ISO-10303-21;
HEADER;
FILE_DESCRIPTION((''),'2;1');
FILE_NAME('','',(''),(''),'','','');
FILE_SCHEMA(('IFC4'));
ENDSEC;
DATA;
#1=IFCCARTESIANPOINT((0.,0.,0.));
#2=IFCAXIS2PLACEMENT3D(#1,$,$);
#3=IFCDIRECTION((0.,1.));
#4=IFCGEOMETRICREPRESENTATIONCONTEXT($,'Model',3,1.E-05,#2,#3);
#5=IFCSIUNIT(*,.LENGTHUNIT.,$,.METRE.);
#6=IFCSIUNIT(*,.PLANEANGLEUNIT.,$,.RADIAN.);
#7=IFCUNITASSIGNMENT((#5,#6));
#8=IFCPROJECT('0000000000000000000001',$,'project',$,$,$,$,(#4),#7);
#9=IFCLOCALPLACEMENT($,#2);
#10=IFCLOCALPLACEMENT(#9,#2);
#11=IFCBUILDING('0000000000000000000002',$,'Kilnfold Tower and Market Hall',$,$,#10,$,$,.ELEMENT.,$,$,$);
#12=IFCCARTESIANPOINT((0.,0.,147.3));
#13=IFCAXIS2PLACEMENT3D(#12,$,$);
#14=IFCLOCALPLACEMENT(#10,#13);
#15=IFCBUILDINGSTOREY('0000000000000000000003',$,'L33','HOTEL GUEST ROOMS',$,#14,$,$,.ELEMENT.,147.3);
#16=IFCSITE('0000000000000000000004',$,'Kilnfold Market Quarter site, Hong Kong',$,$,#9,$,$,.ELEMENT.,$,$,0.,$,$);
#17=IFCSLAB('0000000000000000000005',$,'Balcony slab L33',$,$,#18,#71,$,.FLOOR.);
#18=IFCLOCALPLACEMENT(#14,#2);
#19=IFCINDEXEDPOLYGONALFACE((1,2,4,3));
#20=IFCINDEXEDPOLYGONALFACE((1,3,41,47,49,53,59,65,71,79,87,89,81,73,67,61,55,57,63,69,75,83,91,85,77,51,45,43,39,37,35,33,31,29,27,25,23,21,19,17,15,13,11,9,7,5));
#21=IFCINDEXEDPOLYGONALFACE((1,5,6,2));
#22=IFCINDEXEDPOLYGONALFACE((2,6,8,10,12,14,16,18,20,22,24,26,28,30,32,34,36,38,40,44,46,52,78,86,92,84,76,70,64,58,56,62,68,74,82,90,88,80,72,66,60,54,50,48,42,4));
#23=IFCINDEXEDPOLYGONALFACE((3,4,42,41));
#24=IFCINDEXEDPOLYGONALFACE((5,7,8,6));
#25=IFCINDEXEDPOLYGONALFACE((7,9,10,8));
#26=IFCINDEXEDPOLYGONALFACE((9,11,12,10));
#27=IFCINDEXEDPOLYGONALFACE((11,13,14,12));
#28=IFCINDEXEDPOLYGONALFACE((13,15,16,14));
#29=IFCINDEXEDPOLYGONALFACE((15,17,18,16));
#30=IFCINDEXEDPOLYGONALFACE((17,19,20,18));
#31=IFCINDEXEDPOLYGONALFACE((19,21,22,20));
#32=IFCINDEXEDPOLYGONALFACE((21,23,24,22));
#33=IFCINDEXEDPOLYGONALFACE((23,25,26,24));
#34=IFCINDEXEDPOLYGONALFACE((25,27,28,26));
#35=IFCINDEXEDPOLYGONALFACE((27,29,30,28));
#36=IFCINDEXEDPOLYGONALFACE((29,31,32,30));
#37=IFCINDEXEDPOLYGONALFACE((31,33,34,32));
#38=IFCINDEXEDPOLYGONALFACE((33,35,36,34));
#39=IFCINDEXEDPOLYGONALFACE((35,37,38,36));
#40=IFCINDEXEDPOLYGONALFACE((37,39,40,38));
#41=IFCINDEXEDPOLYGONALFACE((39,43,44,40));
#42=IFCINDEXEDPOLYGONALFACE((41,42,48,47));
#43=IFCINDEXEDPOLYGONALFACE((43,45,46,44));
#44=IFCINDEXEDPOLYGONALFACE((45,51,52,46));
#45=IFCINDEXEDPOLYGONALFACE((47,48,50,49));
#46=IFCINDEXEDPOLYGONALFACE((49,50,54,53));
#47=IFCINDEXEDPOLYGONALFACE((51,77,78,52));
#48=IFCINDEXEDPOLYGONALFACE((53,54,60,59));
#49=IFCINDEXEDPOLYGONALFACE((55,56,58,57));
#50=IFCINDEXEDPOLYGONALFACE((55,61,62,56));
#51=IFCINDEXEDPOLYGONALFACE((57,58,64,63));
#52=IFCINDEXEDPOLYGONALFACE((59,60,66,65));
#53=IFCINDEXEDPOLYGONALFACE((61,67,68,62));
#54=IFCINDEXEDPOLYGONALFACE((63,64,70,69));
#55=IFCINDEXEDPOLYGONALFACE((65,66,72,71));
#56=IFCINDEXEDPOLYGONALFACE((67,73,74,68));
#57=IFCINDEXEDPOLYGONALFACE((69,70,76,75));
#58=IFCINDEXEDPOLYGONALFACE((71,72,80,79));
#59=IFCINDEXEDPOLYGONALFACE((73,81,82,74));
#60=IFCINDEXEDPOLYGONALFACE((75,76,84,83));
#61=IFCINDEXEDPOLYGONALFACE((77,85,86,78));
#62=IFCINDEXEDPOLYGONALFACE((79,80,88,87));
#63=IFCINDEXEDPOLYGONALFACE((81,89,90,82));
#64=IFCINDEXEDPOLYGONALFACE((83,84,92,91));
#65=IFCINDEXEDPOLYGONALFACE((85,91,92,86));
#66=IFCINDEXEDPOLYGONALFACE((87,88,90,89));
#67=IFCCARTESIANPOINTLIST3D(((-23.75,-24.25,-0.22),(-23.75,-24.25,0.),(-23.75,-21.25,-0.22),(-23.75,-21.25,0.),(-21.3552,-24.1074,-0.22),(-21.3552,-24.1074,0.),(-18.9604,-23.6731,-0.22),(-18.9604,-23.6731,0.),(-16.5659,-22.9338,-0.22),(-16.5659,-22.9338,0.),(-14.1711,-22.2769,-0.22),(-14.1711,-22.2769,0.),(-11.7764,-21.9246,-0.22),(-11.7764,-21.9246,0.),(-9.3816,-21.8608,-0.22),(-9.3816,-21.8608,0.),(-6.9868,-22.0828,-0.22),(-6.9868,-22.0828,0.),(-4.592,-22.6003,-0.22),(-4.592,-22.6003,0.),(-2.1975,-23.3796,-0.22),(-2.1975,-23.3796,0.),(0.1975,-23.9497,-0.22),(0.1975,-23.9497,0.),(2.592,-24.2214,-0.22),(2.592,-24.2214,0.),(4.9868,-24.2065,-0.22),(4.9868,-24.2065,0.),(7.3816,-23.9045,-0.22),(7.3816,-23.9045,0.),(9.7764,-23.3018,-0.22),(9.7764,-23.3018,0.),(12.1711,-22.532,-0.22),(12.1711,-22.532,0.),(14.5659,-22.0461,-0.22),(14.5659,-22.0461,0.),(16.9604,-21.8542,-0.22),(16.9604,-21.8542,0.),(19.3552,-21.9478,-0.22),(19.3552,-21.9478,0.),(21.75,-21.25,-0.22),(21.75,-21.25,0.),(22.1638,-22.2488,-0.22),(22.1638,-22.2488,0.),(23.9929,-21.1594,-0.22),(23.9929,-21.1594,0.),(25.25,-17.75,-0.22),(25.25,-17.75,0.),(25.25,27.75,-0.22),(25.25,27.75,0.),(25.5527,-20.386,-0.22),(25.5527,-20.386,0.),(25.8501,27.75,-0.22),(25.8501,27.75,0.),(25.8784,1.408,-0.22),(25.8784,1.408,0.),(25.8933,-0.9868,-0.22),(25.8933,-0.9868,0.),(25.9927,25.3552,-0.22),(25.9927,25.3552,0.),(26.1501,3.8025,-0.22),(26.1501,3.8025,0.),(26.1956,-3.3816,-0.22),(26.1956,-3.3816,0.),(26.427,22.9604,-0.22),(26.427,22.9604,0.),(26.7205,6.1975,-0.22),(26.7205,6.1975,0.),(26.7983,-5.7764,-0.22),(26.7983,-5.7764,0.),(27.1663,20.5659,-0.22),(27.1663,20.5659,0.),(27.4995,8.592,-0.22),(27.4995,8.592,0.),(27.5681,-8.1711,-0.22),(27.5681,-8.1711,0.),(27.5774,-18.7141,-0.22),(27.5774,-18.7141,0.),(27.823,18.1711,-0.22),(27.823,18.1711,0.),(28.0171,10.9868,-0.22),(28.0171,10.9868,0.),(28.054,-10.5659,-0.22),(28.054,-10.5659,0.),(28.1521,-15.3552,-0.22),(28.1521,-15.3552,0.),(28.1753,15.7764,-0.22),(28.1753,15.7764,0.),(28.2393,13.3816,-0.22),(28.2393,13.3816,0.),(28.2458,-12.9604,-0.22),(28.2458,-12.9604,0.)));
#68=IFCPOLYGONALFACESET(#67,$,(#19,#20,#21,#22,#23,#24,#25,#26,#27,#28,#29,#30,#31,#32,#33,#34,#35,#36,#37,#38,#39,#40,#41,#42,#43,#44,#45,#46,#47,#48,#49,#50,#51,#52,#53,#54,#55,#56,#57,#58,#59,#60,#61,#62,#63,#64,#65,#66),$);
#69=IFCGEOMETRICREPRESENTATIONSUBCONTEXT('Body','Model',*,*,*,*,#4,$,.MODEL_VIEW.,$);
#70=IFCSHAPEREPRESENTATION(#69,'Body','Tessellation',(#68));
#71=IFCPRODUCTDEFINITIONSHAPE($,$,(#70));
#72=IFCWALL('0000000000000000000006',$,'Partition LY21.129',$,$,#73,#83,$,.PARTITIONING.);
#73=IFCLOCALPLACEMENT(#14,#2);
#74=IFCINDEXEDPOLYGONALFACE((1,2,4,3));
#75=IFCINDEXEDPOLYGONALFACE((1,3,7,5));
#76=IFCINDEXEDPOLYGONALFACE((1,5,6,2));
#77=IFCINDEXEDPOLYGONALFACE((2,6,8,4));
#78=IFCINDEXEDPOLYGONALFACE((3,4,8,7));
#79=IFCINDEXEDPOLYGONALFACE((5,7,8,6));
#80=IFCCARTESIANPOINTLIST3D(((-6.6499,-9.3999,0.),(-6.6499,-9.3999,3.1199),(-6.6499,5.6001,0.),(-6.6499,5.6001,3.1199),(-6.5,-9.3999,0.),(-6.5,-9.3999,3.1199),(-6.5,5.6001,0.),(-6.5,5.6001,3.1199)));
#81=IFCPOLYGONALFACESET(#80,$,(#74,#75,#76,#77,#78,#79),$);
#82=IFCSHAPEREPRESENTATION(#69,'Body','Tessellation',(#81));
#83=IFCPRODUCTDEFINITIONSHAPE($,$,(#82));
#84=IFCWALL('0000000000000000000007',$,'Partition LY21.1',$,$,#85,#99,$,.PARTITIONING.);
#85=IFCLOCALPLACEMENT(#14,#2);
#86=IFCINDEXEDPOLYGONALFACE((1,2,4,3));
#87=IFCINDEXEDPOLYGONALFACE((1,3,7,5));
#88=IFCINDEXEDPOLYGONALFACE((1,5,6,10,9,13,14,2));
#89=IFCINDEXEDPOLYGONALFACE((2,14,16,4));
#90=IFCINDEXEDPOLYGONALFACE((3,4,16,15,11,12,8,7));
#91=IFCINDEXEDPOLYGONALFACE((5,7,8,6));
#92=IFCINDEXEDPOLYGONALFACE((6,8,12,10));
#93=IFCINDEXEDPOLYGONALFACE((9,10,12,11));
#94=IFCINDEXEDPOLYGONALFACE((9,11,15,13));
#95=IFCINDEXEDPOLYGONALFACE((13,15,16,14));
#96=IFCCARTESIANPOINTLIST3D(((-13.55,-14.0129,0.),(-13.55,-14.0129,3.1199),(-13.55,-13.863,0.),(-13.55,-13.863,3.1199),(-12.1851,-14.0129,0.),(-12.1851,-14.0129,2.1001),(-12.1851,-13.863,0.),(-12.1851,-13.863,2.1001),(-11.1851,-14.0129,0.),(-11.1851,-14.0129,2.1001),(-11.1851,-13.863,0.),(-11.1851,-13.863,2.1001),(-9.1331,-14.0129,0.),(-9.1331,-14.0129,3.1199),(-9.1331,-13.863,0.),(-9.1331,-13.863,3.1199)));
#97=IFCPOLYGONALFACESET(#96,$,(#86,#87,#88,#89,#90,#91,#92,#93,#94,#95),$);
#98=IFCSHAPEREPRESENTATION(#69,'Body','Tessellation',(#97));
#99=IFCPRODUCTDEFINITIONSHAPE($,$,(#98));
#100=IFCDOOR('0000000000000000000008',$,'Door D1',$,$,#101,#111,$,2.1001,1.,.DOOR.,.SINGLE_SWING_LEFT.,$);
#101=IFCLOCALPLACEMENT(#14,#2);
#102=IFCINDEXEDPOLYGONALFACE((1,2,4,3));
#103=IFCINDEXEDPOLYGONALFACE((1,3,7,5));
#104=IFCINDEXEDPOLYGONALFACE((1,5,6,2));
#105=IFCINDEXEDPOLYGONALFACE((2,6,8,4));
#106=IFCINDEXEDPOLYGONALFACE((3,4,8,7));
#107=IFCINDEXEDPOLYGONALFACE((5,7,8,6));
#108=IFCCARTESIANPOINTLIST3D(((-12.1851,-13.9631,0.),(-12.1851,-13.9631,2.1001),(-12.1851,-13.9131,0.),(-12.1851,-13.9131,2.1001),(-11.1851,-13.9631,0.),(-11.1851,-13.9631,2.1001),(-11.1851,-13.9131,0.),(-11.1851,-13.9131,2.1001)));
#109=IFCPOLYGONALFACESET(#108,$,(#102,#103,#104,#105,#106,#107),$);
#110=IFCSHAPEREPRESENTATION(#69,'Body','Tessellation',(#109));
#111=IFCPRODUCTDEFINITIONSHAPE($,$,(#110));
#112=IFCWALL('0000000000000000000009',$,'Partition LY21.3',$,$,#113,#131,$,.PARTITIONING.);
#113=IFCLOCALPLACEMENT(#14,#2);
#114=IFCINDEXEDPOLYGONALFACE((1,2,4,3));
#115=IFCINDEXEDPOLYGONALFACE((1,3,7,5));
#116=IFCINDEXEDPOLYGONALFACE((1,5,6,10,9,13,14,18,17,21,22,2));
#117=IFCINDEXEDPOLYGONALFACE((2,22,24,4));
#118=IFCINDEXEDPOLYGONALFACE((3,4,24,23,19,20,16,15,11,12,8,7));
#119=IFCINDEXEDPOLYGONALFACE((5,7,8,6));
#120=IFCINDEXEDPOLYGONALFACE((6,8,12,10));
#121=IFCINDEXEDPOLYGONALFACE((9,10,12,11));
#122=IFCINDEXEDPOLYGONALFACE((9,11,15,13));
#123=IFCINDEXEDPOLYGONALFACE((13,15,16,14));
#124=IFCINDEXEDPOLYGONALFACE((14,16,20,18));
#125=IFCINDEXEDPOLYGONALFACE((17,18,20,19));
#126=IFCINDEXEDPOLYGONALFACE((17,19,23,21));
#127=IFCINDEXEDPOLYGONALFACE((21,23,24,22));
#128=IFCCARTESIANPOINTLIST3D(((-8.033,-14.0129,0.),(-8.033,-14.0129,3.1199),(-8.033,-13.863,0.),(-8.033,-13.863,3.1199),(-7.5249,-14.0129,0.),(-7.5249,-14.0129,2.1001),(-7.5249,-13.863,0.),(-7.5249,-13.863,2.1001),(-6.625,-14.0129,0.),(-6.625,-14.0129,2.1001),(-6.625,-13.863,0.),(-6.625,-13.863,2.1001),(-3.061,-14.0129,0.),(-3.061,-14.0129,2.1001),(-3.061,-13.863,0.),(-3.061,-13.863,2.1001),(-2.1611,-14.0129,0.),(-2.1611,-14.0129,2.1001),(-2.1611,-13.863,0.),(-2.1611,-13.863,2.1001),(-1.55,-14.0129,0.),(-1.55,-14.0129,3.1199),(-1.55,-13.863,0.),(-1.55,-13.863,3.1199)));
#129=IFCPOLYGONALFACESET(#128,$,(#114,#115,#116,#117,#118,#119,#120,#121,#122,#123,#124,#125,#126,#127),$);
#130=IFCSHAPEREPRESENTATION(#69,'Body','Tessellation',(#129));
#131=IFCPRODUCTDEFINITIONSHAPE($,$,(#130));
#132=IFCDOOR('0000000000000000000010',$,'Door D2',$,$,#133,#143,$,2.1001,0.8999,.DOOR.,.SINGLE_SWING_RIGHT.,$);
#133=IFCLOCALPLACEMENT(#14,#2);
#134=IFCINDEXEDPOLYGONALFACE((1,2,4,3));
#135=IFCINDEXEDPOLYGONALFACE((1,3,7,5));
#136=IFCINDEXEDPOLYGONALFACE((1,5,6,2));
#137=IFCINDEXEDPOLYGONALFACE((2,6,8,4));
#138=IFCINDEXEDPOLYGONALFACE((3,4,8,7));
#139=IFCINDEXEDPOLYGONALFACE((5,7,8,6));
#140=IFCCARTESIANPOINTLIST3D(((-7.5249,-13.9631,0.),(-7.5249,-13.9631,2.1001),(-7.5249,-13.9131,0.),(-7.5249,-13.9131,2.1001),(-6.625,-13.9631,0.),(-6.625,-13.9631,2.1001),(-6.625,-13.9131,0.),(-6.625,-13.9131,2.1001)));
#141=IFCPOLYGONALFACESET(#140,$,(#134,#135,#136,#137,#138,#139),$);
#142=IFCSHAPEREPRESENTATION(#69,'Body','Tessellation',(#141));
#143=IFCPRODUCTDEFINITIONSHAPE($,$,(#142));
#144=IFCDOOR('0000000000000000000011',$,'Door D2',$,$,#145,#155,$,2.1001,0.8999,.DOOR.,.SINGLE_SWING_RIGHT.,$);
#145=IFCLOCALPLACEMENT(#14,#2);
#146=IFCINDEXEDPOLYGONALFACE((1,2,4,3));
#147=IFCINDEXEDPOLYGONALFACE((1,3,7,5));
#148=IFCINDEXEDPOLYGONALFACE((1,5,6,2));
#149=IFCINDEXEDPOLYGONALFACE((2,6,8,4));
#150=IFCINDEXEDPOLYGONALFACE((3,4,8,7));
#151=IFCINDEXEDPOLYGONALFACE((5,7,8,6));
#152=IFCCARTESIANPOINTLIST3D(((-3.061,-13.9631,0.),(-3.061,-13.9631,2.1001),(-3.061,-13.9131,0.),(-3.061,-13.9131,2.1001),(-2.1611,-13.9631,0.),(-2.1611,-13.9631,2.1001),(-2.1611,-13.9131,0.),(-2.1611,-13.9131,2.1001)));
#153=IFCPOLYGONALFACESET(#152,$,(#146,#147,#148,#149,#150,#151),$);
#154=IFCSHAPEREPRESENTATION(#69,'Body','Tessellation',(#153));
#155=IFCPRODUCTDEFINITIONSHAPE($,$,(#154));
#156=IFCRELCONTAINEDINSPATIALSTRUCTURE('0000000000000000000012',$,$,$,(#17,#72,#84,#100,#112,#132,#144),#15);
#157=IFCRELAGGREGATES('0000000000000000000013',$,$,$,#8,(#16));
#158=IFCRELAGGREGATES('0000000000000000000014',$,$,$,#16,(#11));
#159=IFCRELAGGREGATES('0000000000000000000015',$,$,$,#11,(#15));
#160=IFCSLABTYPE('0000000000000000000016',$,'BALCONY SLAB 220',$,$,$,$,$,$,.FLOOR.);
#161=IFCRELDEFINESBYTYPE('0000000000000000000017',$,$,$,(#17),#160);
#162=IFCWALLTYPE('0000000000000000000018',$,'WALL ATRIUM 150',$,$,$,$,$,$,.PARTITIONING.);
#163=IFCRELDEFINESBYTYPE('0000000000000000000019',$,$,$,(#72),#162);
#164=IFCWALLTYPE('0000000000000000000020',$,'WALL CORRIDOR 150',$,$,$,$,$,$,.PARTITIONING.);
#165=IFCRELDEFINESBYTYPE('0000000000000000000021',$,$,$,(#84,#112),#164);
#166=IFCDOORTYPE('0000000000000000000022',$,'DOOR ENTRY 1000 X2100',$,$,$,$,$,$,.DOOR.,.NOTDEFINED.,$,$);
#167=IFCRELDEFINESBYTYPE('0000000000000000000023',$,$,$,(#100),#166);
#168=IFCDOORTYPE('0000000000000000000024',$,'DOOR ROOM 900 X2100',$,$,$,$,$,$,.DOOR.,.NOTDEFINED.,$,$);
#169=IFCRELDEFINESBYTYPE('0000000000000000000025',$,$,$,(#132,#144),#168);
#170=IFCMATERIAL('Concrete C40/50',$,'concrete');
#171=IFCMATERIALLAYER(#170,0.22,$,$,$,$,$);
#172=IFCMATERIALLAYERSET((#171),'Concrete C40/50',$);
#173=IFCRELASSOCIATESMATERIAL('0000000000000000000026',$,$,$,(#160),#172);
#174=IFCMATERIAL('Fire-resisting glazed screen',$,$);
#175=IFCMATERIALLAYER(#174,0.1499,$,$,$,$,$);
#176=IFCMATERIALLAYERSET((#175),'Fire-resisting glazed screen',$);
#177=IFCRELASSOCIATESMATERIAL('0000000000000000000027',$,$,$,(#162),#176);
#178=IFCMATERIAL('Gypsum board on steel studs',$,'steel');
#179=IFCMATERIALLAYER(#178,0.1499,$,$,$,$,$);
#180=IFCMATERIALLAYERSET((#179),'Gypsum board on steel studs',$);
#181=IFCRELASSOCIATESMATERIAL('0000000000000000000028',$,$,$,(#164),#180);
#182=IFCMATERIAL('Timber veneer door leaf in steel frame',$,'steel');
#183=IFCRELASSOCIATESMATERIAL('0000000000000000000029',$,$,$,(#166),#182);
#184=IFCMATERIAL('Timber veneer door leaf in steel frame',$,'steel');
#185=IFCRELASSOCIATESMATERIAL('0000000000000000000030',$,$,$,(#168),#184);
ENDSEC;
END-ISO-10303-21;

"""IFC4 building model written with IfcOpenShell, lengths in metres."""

from ifc_helpers import new_model, si_unit, direction, frame, frame_2d, origin, place, context, subcontext, project, spatial, polyline, rectangle, outline, extrude, source, transform, mapped, material, layer, layer_set, type_object, element, fill, save


model = new_model("IFC4")

# Units and contexts
model_context = context("Model", 3, precision=1e-05, world=origin(), true_north=direction((0.0, 1.0)))
body_context = subcontext(model_context, "Body", "Model", "MODEL_VIEW")
ifc_project = project(units=[si_unit("LENGTHUNIT", "METRE"), si_unit("PLANEANGLEUNIT", "RADIAN")], contexts=[model_context])

# Site, building, storey
site_placement = place(None, origin())
site = spatial("IfcSite", under=ifc_project, at=site_placement, Name="Kilnfold Market Quarter site, Hong Kong", CompositionType="ELEMENT", RefElevation=0.0)
building_placement = place(site_placement, origin())
building = spatial("IfcBuilding", under=site, at=building_placement, Name="Kilnfold Tower and Market Hall", CompositionType="ELEMENT")
storey_placement = place(building_placement, frame((0.0, 0.0, 147.3)))
storey = spatial("IfcBuildingStorey", under=building, at=storey_placement, Name="L33", Description="HOTEL GUEST ROOMS", CompositionType="ELEMENT", Elevation=147.3)

# Slab
ifc_material_1 = material(Name="Concrete C40/50", Category="concrete")
ifc_layer_1 = layer(ifc_material_1, 0.22)
ifc_layer_set_1 = layer_set([ifc_layer_1], Name="Concrete C40/50")
slab_type_1 = type_object("IfcSlabType", Name="BALCONY SLAB 220", PredefinedType="FLOOR", material=ifc_layer_set_1)
shared_shape_1 = source(origin(), body_context, "Body", "SweptSolid", [
    extrude(outline(polyline([(-23.75, -21.25), (21.75, -21.25), (25.25, -17.75), (25.25, 27.75), (25.8501, 27.75), (25.9927, 25.3552), (26.427, 22.9604), (27.1663, 20.5659), (27.823, 18.1711), (28.1753, 15.7764), (28.2393, 13.3816), (28.0171, 10.9868), (27.4995, 8.592), (26.7205, 6.1975), (26.1501, 3.8025), (25.8784, 1.408), (25.8933, -0.9868), (26.1956, -3.3816), (26.7983, -5.7764), (27.5681, -8.1711), (28.054, -10.5659), (28.2458, -12.9604), (28.1521, -15.3552), (27.5774, -18.7141), (25.5527, -20.386), (23.9929, -21.1594), (22.1638, -22.2488), (19.3552, -21.9478), (16.9604, -21.8542), (14.5659, -22.0461), (12.1711, -22.532), (9.7764, -23.3018), (7.3816, -23.9045), (4.9868, -24.2065), (2.592, -24.2214), (0.1975, -23.9497), (-2.1975, -23.3796), (-4.592, -22.6003), (-6.9868, -22.0828), (-9.3816, -21.8608), (-11.7764, -21.9246), (-14.1711, -22.2769), (-16.5659, -22.9338), (-18.9604, -23.6731), (-21.3552, -24.1074), (-23.75, -24.25), (-23.75, -21.25)])), origin(), (0.0, 0.0, 1.0), 0.22),
])
slab_1_placement = place(storey_placement, frame((0.0, 0.0, -0.22)))
element("IfcSlab", 1, at=slab_1_placement, inside=storey, type_object=slab_type_1, Name="Balcony slab L33", PredefinedType="FLOOR", context=body_context, shape_type="MappedRepresentation", body=[
    mapped(shared_shape_1, transform((0.0, 0.0, 0.0))),
])

# Wall
ifc_material_2 = material(Name="Fire-resisting glazed screen")
ifc_layer_2 = layer(ifc_material_2, 0.1499)
ifc_layer_set_2 = layer_set([ifc_layer_2], Name="Fire-resisting glazed screen")
wall_type_1 = type_object("IfcWallType", Name="WALL ATRIUM 150", PredefinedType="PARTITIONING", material=ifc_layer_set_2)
wall_1_placement = place(storey_placement, frame((-6.575, -9.3999, 0.0), z_axis=(0.0, 0.0, 1.0), x_axis=(0.0, 1.0, 0.0)))
element("IfcWall", 2, at=wall_1_placement, inside=storey, type_object=wall_type_1, Name="Partition LY21.129", PredefinedType="PARTITIONING", context=body_context, shape_type="SweptSolid", body=[
    extrude(rectangle(XDim=15.0, YDim=0.1499, at=frame_2d((7.5, 0.0))), origin(), (0.0, 0.0, 1.0), 3.1199),
])

# Wall, opening, door
ifc_material_3 = material(Name="Gypsum board on steel studs", Category="steel")
ifc_layer_3 = layer(ifc_material_3, 0.1499)
ifc_layer_set_3 = layer_set([ifc_layer_3], Name="Gypsum board on steel studs")
wall_type_2 = type_object("IfcWallType", Name="WALL CORRIDOR 150", PredefinedType="PARTITIONING", material=ifc_layer_set_3)
wall_2_placement = place(storey_placement, frame((-13.55, -13.938, 0.0), z_axis=(0.0, 0.0, 1.0), x_axis=(1.0, 0.0, 0.0)))
wall_2 = element("IfcWall", 3, at=wall_2_placement, inside=storey, type_object=wall_type_2, Name="Partition LY21.1", PredefinedType="PARTITIONING", context=body_context, shape_type="SweptSolid", body=[
    extrude(rectangle(XDim=4.417, YDim=0.1499, at=frame_2d((2.2085, 0.0))), origin(), (0.0, 0.0, 1.0), 3.1199),
])
opening_1_placement = place(wall_2_placement, frame((1.365, 0.0, 0.0)))
opening_1 = element("IfcOpeningElement", 4, at=opening_1_placement, cuts=wall_2, PredefinedType="OPENING", context=body_context, shape_type="SweptSolid", body=[
    extrude(rectangle(XDim=1.0, YDim=2.1001, at=frame_2d((0.5, 1.05))), frame((0.0, 0.085, 0.0), z_axis=(0.0, -1.0, 0.0), x_axis=(1.0, 0.0, 0.0)), (0.0, 0.0, 1.0), 0.1699),
])
ifc_material_4 = material(Name="Timber veneer door leaf in steel frame", Category="steel")
door_type_1 = type_object("IfcDoorType", Name="DOOR ENTRY 1000 X2100", OperationType="NOTDEFINED", PredefinedType="DOOR", material=ifc_material_4)
door_1_placement = place(opening_1_placement, origin())
door_1 = element("IfcDoor", 5, at=door_1_placement, inside=storey, type_object=door_type_1, Name="Door D1", OperationType="SINGLE_SWING_LEFT", OverallHeight=2.1001, OverallWidth=1.0, PredefinedType="DOOR", context=body_context, shape_type="SweptSolid", body=[
    extrude(rectangle(XDim=1.0, YDim=2.1001, at=frame_2d((0.5, 1.05))), frame((0.0, 0.0249, 0.0), z_axis=(0.0, -1.0, 0.0), x_axis=(1.0, 0.0, 0.0)), (0.0, 0.0, 1.0), 0.05),
])
fill(opening_1, door_1)

# Wall, openings, doors
wall_3_placement = place(storey_placement, frame((-8.033, -13.938, 0.0), z_axis=(0.0, 0.0, 1.0), x_axis=(1.0, 0.0, 0.0)))
wall_3 = element("IfcWall", 6, at=wall_3_placement, inside=storey, type_object=wall_type_2, Name="Partition LY21.3", PredefinedType="PARTITIONING", context=body_context, shape_type="SweptSolid", body=[
    extrude(rectangle(XDim=6.4829, YDim=0.1499, at=frame_2d((3.2415, 0.0))), origin(), (0.0, 0.0, 1.0), 3.1199),
])
opening_2_placement = place(wall_3_placement, frame((0.5081, 0.0, 0.0)))
opening_2 = element("IfcOpeningElement", 7, at=opening_2_placement, cuts=wall_3, PredefinedType="OPENING", context=body_context, shape_type="SweptSolid", body=[
    extrude(rectangle(XDim=0.8999, YDim=2.1001, at=frame_2d((0.45, 1.05))), frame((0.0, 0.085, 0.0), z_axis=(0.0, -1.0, 0.0), x_axis=(1.0, 0.0, 0.0)), (0.0, 0.0, 1.0), 0.1699),
])
opening_3_placement = place(wall_3_placement, frame((4.9719, 0.0, 0.0)))
opening_3 = element("IfcOpeningElement", 8, at=opening_3_placement, cuts=wall_3, PredefinedType="OPENING", context=body_context, shape_type="SweptSolid", body=[
    extrude(rectangle(XDim=0.8999, YDim=2.1001, at=frame_2d((0.45, 1.05))), frame((0.0, 0.085, 0.0), z_axis=(0.0, -1.0, 0.0), x_axis=(1.0, 0.0, 0.0)), (0.0, 0.0, 1.0), 0.1699),
])
ifc_material_5 = material(Name="Timber veneer door leaf in steel frame", Category="steel")
door_type_2 = type_object("IfcDoorType", Name="DOOR ROOM 900 X2100", OperationType="NOTDEFINED", PredefinedType="DOOR", material=ifc_material_5)
door_2_placement = place(opening_2_placement, origin())
door_2 = element("IfcDoor", 9, at=door_2_placement, inside=storey, type_object=door_type_2, Name="Door D2", OperationType="SINGLE_SWING_RIGHT", OverallHeight=2.1001, OverallWidth=0.8999, PredefinedType="DOOR", context=body_context, shape_type="SweptSolid", body=[
    extrude(rectangle(XDim=0.8999, YDim=2.1001, at=frame_2d((0.45, 1.05))), frame((0.0, 0.0249, 0.0), z_axis=(0.0, -1.0, 0.0), x_axis=(1.0, 0.0, 0.0)), (0.0, 0.0, 1.0), 0.05),
])
fill(opening_2, door_2)
door_3_placement = place(opening_3_placement, origin())
door_3 = element("IfcDoor", 10, at=door_3_placement, inside=storey, type_object=door_type_2, Name="Door D2", OperationType="SINGLE_SWING_RIGHT", OverallHeight=2.1001, OverallWidth=0.8999, PredefinedType="DOOR", context=body_context, shape_type="SweptSolid", body=[
    extrude(rectangle(XDim=0.8999, YDim=2.1001, at=frame_2d((0.45, 1.05))), frame((0.0, 0.0249, 0.0), z_axis=(0.0, -1.0, 0.0), x_axis=(1.0, 0.0, 0.0)), (0.0, 0.0, 1.0), 0.05),
])
fill(opening_3, door_3)

save(model, "model.ifc")
